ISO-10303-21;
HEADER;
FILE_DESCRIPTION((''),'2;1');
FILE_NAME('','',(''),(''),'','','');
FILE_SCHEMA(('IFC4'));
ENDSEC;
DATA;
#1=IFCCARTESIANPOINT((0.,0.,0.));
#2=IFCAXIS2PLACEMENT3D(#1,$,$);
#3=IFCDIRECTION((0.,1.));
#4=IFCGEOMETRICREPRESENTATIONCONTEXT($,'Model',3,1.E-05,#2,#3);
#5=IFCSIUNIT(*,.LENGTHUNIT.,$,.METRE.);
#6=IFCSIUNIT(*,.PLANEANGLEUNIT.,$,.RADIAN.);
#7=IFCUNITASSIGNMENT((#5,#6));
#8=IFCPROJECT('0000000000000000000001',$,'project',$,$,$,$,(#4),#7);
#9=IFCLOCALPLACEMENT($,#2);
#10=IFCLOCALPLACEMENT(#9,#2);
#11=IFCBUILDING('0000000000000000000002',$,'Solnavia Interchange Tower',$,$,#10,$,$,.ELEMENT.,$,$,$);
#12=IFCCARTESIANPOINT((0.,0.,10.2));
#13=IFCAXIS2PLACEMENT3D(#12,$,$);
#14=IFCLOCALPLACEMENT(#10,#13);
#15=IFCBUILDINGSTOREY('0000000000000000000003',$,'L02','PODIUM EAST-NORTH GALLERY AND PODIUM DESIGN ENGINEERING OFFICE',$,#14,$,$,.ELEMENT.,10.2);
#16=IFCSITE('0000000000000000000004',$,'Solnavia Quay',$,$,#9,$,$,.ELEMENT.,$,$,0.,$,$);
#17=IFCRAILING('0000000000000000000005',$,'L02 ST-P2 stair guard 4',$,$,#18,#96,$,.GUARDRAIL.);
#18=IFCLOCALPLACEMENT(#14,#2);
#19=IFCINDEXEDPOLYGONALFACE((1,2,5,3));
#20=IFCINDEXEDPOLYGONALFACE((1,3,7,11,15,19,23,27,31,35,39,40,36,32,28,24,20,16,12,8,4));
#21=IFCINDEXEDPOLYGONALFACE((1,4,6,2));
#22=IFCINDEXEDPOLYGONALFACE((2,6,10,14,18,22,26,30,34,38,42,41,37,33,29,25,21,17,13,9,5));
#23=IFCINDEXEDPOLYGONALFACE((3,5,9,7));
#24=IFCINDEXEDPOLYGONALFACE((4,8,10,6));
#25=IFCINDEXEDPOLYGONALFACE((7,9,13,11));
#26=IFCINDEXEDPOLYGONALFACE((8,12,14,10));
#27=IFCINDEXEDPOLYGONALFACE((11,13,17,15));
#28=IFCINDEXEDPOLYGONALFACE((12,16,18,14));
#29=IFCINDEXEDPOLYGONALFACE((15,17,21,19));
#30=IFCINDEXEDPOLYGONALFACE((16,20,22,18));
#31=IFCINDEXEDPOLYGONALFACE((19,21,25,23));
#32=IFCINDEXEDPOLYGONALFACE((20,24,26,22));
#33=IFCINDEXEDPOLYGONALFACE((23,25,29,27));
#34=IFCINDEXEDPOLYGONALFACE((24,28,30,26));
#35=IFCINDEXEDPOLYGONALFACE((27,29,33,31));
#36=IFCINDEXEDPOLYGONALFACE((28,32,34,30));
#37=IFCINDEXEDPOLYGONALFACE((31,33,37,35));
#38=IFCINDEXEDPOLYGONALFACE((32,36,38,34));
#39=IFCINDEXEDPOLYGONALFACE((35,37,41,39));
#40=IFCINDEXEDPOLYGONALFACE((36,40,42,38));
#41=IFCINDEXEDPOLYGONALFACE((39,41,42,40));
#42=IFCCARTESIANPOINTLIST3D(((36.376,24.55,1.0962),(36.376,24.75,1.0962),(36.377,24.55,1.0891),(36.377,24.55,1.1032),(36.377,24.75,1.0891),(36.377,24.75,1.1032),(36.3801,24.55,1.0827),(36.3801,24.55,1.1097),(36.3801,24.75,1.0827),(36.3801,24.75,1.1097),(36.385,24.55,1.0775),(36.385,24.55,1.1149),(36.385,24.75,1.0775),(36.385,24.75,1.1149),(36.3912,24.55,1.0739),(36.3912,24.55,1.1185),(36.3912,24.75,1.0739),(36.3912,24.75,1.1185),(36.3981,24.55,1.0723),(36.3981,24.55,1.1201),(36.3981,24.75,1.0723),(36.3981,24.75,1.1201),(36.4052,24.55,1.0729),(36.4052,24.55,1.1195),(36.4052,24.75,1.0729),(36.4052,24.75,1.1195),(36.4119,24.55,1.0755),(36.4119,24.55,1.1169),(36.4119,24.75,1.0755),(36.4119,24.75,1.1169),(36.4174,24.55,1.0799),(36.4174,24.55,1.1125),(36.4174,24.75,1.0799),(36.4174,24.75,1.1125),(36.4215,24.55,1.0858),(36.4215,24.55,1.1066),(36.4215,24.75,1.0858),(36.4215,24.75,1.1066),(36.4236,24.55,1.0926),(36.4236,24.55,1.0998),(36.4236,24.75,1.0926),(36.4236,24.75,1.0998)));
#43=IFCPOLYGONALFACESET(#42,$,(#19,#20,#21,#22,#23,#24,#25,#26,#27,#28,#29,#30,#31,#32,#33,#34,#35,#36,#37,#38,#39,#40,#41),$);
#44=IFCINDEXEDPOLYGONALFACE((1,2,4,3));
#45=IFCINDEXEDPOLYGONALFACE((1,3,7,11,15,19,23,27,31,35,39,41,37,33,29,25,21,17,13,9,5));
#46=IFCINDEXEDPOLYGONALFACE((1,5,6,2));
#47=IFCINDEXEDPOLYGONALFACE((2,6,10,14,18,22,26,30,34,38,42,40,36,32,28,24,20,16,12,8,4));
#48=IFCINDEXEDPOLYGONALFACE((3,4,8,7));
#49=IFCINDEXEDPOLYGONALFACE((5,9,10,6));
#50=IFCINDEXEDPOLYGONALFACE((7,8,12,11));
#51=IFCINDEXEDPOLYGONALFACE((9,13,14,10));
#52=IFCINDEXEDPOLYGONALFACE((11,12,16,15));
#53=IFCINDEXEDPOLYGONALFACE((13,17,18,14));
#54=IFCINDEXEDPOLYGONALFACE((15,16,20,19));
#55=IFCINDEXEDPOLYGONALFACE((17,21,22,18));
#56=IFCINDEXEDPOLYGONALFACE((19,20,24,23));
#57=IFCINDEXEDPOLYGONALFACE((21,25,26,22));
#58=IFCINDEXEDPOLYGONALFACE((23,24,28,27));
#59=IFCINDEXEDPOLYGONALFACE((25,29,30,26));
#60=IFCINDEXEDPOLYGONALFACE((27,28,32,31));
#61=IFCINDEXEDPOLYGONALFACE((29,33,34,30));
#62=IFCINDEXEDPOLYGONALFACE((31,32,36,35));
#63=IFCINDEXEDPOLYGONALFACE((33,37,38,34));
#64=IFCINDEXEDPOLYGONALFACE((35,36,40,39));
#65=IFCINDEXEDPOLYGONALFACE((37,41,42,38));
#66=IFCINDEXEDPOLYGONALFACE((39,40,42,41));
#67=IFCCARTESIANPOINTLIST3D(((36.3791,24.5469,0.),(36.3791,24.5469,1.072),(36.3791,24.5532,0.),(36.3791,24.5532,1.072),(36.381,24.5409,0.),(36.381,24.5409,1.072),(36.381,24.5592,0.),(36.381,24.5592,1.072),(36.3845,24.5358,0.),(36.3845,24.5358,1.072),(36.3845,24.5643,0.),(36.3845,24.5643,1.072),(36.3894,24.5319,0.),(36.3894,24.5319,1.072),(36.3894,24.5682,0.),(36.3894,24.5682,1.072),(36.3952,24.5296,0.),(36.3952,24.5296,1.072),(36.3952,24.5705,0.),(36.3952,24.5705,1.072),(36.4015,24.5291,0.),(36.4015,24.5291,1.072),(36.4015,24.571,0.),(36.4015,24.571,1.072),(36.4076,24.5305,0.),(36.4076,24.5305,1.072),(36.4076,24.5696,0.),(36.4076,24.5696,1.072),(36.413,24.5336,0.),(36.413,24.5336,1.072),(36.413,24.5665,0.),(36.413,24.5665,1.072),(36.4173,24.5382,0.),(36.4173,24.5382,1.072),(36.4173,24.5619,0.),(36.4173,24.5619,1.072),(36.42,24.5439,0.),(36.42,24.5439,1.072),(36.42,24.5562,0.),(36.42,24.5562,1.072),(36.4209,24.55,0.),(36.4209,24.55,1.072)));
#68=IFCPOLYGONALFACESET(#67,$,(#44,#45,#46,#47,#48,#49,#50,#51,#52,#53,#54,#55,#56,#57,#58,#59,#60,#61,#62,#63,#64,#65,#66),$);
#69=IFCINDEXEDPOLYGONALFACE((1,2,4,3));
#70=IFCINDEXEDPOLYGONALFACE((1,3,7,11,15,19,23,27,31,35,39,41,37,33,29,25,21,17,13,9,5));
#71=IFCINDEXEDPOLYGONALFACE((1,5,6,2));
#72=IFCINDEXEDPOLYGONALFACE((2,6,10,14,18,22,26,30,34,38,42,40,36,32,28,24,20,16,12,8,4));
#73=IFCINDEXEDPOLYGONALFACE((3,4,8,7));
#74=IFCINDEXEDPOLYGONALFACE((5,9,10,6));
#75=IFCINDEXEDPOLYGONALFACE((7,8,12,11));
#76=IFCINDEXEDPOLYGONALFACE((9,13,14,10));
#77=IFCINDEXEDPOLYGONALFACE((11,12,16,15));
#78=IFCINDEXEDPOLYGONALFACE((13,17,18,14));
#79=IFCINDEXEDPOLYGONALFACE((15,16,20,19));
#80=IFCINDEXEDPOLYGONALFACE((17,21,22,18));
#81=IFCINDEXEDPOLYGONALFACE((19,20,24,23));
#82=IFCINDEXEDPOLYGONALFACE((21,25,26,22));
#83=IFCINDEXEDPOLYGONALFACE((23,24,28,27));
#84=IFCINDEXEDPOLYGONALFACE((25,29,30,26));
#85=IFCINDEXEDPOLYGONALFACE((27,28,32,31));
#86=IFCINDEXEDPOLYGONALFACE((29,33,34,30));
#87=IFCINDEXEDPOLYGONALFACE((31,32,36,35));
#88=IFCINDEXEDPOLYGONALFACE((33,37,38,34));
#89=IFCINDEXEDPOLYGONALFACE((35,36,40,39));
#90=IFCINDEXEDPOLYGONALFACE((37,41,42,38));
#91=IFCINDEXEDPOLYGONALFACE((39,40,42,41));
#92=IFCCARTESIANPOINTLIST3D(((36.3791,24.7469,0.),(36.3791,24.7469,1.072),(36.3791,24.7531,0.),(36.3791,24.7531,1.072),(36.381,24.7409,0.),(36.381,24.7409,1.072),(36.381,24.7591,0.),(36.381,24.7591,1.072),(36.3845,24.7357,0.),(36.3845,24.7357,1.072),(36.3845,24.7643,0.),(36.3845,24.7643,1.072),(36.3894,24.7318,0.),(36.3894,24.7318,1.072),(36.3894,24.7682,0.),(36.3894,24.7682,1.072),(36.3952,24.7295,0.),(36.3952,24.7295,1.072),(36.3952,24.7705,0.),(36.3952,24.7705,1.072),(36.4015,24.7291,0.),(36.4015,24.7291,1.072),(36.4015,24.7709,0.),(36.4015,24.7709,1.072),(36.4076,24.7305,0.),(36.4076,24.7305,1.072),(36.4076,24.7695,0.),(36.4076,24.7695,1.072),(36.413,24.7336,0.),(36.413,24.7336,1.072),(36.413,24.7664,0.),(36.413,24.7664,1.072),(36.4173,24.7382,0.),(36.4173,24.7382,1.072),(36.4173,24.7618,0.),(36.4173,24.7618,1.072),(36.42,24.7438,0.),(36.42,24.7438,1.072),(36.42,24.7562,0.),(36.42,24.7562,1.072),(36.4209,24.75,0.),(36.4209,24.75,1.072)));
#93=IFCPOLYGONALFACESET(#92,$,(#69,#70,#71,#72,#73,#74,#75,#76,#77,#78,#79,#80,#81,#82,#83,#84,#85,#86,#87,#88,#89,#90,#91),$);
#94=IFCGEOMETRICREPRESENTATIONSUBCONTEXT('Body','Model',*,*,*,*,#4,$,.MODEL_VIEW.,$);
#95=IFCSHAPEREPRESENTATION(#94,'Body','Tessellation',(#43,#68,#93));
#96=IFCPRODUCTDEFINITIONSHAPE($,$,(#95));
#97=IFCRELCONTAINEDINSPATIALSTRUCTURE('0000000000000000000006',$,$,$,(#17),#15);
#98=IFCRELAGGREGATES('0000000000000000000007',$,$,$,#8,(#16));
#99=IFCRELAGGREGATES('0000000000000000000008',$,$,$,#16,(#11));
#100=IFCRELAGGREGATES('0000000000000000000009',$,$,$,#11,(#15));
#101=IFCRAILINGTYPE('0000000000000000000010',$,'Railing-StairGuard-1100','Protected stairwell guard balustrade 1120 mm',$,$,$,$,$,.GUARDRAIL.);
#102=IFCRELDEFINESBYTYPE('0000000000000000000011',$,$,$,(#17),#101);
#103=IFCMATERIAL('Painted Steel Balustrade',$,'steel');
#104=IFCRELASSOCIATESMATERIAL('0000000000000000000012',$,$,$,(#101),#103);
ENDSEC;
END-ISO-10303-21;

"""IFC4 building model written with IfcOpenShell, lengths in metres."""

from ifc_helpers import new_model, si_unit, direction, frame, origin, origin_2d, place, context, subcontext, project, spatial, circle, extrude, material, type_object, element, save


model = new_model("IFC4")

# Units and contexts
model_context = context("Model", 3, precision=1e-05, world=origin(), true_north=direction((0.0, 1.0)))
body_context = subcontext(model_context, "Body", "Model", "MODEL_VIEW")
ifc_project = project(units=[si_unit("LENGTHUNIT", "METRE"), si_unit("PLANEANGLEUNIT", "RADIAN")], contexts=[model_context])

# Site, building, storey
site_placement = place(None, origin())
site = spatial("IfcSite", under=ifc_project, at=site_placement, Name="Solnavia Quay", CompositionType="ELEMENT", RefElevation=0.0)
building_placement = place(site_placement, origin())
building = spatial("IfcBuilding", under=site, at=building_placement, Name="Solnavia Interchange Tower", CompositionType="ELEMENT")
storey_placement = place(building_placement, frame((0.0, 0.0, 10.2)))
storey = spatial("IfcBuildingStorey", under=building, at=storey_placement, Name="L02", Description="PODIUM EAST-NORTH GALLERY AND PODIUM DESIGN ENGINEERING OFFICE", CompositionType="ELEMENT", Elevation=10.2)

# Railing
ifc_material_1 = material(Name="Painted Steel Balustrade", Category="steel")
railing_type_1 = type_object("IfcRailingType", Name="Railing-StairGuard-1100", Description="Protected stairwell guard balustrade 1120 mm", PredefinedType="GUARDRAIL", material=ifc_material_1)
railing_1_placement = place(storey_placement, frame((36.3999, 24.55, 0.0)))
element("IfcRailing", 1, at=railing_1_placement, inside=storey, type_object=railing_type_1, Name="L02 ST-P2 stair guard 4", PredefinedType="GUARDRAIL", context=body_context, shape_type="SweptSolid", body=[
    extrude(circle(Radius=0.0239, at=origin_2d()), frame((0.0, 0.0, 1.0962), z_axis=(0.0, 1.0, 0.0), x_axis=(-1.0, 0.0, 0.0)), (0.0, 0.0, 1.0), 0.2),
    extrude(circle(Radius=0.021, at=origin_2d()), origin(), (0.0, 0.0, 1.0), 1.072),
    extrude(circle(Radius=0.021, at=origin_2d()), frame((0.0, 0.2, 0.0)), (0.0, 0.0, 1.0), 1.072),
])

save(model, "model.ifc")
